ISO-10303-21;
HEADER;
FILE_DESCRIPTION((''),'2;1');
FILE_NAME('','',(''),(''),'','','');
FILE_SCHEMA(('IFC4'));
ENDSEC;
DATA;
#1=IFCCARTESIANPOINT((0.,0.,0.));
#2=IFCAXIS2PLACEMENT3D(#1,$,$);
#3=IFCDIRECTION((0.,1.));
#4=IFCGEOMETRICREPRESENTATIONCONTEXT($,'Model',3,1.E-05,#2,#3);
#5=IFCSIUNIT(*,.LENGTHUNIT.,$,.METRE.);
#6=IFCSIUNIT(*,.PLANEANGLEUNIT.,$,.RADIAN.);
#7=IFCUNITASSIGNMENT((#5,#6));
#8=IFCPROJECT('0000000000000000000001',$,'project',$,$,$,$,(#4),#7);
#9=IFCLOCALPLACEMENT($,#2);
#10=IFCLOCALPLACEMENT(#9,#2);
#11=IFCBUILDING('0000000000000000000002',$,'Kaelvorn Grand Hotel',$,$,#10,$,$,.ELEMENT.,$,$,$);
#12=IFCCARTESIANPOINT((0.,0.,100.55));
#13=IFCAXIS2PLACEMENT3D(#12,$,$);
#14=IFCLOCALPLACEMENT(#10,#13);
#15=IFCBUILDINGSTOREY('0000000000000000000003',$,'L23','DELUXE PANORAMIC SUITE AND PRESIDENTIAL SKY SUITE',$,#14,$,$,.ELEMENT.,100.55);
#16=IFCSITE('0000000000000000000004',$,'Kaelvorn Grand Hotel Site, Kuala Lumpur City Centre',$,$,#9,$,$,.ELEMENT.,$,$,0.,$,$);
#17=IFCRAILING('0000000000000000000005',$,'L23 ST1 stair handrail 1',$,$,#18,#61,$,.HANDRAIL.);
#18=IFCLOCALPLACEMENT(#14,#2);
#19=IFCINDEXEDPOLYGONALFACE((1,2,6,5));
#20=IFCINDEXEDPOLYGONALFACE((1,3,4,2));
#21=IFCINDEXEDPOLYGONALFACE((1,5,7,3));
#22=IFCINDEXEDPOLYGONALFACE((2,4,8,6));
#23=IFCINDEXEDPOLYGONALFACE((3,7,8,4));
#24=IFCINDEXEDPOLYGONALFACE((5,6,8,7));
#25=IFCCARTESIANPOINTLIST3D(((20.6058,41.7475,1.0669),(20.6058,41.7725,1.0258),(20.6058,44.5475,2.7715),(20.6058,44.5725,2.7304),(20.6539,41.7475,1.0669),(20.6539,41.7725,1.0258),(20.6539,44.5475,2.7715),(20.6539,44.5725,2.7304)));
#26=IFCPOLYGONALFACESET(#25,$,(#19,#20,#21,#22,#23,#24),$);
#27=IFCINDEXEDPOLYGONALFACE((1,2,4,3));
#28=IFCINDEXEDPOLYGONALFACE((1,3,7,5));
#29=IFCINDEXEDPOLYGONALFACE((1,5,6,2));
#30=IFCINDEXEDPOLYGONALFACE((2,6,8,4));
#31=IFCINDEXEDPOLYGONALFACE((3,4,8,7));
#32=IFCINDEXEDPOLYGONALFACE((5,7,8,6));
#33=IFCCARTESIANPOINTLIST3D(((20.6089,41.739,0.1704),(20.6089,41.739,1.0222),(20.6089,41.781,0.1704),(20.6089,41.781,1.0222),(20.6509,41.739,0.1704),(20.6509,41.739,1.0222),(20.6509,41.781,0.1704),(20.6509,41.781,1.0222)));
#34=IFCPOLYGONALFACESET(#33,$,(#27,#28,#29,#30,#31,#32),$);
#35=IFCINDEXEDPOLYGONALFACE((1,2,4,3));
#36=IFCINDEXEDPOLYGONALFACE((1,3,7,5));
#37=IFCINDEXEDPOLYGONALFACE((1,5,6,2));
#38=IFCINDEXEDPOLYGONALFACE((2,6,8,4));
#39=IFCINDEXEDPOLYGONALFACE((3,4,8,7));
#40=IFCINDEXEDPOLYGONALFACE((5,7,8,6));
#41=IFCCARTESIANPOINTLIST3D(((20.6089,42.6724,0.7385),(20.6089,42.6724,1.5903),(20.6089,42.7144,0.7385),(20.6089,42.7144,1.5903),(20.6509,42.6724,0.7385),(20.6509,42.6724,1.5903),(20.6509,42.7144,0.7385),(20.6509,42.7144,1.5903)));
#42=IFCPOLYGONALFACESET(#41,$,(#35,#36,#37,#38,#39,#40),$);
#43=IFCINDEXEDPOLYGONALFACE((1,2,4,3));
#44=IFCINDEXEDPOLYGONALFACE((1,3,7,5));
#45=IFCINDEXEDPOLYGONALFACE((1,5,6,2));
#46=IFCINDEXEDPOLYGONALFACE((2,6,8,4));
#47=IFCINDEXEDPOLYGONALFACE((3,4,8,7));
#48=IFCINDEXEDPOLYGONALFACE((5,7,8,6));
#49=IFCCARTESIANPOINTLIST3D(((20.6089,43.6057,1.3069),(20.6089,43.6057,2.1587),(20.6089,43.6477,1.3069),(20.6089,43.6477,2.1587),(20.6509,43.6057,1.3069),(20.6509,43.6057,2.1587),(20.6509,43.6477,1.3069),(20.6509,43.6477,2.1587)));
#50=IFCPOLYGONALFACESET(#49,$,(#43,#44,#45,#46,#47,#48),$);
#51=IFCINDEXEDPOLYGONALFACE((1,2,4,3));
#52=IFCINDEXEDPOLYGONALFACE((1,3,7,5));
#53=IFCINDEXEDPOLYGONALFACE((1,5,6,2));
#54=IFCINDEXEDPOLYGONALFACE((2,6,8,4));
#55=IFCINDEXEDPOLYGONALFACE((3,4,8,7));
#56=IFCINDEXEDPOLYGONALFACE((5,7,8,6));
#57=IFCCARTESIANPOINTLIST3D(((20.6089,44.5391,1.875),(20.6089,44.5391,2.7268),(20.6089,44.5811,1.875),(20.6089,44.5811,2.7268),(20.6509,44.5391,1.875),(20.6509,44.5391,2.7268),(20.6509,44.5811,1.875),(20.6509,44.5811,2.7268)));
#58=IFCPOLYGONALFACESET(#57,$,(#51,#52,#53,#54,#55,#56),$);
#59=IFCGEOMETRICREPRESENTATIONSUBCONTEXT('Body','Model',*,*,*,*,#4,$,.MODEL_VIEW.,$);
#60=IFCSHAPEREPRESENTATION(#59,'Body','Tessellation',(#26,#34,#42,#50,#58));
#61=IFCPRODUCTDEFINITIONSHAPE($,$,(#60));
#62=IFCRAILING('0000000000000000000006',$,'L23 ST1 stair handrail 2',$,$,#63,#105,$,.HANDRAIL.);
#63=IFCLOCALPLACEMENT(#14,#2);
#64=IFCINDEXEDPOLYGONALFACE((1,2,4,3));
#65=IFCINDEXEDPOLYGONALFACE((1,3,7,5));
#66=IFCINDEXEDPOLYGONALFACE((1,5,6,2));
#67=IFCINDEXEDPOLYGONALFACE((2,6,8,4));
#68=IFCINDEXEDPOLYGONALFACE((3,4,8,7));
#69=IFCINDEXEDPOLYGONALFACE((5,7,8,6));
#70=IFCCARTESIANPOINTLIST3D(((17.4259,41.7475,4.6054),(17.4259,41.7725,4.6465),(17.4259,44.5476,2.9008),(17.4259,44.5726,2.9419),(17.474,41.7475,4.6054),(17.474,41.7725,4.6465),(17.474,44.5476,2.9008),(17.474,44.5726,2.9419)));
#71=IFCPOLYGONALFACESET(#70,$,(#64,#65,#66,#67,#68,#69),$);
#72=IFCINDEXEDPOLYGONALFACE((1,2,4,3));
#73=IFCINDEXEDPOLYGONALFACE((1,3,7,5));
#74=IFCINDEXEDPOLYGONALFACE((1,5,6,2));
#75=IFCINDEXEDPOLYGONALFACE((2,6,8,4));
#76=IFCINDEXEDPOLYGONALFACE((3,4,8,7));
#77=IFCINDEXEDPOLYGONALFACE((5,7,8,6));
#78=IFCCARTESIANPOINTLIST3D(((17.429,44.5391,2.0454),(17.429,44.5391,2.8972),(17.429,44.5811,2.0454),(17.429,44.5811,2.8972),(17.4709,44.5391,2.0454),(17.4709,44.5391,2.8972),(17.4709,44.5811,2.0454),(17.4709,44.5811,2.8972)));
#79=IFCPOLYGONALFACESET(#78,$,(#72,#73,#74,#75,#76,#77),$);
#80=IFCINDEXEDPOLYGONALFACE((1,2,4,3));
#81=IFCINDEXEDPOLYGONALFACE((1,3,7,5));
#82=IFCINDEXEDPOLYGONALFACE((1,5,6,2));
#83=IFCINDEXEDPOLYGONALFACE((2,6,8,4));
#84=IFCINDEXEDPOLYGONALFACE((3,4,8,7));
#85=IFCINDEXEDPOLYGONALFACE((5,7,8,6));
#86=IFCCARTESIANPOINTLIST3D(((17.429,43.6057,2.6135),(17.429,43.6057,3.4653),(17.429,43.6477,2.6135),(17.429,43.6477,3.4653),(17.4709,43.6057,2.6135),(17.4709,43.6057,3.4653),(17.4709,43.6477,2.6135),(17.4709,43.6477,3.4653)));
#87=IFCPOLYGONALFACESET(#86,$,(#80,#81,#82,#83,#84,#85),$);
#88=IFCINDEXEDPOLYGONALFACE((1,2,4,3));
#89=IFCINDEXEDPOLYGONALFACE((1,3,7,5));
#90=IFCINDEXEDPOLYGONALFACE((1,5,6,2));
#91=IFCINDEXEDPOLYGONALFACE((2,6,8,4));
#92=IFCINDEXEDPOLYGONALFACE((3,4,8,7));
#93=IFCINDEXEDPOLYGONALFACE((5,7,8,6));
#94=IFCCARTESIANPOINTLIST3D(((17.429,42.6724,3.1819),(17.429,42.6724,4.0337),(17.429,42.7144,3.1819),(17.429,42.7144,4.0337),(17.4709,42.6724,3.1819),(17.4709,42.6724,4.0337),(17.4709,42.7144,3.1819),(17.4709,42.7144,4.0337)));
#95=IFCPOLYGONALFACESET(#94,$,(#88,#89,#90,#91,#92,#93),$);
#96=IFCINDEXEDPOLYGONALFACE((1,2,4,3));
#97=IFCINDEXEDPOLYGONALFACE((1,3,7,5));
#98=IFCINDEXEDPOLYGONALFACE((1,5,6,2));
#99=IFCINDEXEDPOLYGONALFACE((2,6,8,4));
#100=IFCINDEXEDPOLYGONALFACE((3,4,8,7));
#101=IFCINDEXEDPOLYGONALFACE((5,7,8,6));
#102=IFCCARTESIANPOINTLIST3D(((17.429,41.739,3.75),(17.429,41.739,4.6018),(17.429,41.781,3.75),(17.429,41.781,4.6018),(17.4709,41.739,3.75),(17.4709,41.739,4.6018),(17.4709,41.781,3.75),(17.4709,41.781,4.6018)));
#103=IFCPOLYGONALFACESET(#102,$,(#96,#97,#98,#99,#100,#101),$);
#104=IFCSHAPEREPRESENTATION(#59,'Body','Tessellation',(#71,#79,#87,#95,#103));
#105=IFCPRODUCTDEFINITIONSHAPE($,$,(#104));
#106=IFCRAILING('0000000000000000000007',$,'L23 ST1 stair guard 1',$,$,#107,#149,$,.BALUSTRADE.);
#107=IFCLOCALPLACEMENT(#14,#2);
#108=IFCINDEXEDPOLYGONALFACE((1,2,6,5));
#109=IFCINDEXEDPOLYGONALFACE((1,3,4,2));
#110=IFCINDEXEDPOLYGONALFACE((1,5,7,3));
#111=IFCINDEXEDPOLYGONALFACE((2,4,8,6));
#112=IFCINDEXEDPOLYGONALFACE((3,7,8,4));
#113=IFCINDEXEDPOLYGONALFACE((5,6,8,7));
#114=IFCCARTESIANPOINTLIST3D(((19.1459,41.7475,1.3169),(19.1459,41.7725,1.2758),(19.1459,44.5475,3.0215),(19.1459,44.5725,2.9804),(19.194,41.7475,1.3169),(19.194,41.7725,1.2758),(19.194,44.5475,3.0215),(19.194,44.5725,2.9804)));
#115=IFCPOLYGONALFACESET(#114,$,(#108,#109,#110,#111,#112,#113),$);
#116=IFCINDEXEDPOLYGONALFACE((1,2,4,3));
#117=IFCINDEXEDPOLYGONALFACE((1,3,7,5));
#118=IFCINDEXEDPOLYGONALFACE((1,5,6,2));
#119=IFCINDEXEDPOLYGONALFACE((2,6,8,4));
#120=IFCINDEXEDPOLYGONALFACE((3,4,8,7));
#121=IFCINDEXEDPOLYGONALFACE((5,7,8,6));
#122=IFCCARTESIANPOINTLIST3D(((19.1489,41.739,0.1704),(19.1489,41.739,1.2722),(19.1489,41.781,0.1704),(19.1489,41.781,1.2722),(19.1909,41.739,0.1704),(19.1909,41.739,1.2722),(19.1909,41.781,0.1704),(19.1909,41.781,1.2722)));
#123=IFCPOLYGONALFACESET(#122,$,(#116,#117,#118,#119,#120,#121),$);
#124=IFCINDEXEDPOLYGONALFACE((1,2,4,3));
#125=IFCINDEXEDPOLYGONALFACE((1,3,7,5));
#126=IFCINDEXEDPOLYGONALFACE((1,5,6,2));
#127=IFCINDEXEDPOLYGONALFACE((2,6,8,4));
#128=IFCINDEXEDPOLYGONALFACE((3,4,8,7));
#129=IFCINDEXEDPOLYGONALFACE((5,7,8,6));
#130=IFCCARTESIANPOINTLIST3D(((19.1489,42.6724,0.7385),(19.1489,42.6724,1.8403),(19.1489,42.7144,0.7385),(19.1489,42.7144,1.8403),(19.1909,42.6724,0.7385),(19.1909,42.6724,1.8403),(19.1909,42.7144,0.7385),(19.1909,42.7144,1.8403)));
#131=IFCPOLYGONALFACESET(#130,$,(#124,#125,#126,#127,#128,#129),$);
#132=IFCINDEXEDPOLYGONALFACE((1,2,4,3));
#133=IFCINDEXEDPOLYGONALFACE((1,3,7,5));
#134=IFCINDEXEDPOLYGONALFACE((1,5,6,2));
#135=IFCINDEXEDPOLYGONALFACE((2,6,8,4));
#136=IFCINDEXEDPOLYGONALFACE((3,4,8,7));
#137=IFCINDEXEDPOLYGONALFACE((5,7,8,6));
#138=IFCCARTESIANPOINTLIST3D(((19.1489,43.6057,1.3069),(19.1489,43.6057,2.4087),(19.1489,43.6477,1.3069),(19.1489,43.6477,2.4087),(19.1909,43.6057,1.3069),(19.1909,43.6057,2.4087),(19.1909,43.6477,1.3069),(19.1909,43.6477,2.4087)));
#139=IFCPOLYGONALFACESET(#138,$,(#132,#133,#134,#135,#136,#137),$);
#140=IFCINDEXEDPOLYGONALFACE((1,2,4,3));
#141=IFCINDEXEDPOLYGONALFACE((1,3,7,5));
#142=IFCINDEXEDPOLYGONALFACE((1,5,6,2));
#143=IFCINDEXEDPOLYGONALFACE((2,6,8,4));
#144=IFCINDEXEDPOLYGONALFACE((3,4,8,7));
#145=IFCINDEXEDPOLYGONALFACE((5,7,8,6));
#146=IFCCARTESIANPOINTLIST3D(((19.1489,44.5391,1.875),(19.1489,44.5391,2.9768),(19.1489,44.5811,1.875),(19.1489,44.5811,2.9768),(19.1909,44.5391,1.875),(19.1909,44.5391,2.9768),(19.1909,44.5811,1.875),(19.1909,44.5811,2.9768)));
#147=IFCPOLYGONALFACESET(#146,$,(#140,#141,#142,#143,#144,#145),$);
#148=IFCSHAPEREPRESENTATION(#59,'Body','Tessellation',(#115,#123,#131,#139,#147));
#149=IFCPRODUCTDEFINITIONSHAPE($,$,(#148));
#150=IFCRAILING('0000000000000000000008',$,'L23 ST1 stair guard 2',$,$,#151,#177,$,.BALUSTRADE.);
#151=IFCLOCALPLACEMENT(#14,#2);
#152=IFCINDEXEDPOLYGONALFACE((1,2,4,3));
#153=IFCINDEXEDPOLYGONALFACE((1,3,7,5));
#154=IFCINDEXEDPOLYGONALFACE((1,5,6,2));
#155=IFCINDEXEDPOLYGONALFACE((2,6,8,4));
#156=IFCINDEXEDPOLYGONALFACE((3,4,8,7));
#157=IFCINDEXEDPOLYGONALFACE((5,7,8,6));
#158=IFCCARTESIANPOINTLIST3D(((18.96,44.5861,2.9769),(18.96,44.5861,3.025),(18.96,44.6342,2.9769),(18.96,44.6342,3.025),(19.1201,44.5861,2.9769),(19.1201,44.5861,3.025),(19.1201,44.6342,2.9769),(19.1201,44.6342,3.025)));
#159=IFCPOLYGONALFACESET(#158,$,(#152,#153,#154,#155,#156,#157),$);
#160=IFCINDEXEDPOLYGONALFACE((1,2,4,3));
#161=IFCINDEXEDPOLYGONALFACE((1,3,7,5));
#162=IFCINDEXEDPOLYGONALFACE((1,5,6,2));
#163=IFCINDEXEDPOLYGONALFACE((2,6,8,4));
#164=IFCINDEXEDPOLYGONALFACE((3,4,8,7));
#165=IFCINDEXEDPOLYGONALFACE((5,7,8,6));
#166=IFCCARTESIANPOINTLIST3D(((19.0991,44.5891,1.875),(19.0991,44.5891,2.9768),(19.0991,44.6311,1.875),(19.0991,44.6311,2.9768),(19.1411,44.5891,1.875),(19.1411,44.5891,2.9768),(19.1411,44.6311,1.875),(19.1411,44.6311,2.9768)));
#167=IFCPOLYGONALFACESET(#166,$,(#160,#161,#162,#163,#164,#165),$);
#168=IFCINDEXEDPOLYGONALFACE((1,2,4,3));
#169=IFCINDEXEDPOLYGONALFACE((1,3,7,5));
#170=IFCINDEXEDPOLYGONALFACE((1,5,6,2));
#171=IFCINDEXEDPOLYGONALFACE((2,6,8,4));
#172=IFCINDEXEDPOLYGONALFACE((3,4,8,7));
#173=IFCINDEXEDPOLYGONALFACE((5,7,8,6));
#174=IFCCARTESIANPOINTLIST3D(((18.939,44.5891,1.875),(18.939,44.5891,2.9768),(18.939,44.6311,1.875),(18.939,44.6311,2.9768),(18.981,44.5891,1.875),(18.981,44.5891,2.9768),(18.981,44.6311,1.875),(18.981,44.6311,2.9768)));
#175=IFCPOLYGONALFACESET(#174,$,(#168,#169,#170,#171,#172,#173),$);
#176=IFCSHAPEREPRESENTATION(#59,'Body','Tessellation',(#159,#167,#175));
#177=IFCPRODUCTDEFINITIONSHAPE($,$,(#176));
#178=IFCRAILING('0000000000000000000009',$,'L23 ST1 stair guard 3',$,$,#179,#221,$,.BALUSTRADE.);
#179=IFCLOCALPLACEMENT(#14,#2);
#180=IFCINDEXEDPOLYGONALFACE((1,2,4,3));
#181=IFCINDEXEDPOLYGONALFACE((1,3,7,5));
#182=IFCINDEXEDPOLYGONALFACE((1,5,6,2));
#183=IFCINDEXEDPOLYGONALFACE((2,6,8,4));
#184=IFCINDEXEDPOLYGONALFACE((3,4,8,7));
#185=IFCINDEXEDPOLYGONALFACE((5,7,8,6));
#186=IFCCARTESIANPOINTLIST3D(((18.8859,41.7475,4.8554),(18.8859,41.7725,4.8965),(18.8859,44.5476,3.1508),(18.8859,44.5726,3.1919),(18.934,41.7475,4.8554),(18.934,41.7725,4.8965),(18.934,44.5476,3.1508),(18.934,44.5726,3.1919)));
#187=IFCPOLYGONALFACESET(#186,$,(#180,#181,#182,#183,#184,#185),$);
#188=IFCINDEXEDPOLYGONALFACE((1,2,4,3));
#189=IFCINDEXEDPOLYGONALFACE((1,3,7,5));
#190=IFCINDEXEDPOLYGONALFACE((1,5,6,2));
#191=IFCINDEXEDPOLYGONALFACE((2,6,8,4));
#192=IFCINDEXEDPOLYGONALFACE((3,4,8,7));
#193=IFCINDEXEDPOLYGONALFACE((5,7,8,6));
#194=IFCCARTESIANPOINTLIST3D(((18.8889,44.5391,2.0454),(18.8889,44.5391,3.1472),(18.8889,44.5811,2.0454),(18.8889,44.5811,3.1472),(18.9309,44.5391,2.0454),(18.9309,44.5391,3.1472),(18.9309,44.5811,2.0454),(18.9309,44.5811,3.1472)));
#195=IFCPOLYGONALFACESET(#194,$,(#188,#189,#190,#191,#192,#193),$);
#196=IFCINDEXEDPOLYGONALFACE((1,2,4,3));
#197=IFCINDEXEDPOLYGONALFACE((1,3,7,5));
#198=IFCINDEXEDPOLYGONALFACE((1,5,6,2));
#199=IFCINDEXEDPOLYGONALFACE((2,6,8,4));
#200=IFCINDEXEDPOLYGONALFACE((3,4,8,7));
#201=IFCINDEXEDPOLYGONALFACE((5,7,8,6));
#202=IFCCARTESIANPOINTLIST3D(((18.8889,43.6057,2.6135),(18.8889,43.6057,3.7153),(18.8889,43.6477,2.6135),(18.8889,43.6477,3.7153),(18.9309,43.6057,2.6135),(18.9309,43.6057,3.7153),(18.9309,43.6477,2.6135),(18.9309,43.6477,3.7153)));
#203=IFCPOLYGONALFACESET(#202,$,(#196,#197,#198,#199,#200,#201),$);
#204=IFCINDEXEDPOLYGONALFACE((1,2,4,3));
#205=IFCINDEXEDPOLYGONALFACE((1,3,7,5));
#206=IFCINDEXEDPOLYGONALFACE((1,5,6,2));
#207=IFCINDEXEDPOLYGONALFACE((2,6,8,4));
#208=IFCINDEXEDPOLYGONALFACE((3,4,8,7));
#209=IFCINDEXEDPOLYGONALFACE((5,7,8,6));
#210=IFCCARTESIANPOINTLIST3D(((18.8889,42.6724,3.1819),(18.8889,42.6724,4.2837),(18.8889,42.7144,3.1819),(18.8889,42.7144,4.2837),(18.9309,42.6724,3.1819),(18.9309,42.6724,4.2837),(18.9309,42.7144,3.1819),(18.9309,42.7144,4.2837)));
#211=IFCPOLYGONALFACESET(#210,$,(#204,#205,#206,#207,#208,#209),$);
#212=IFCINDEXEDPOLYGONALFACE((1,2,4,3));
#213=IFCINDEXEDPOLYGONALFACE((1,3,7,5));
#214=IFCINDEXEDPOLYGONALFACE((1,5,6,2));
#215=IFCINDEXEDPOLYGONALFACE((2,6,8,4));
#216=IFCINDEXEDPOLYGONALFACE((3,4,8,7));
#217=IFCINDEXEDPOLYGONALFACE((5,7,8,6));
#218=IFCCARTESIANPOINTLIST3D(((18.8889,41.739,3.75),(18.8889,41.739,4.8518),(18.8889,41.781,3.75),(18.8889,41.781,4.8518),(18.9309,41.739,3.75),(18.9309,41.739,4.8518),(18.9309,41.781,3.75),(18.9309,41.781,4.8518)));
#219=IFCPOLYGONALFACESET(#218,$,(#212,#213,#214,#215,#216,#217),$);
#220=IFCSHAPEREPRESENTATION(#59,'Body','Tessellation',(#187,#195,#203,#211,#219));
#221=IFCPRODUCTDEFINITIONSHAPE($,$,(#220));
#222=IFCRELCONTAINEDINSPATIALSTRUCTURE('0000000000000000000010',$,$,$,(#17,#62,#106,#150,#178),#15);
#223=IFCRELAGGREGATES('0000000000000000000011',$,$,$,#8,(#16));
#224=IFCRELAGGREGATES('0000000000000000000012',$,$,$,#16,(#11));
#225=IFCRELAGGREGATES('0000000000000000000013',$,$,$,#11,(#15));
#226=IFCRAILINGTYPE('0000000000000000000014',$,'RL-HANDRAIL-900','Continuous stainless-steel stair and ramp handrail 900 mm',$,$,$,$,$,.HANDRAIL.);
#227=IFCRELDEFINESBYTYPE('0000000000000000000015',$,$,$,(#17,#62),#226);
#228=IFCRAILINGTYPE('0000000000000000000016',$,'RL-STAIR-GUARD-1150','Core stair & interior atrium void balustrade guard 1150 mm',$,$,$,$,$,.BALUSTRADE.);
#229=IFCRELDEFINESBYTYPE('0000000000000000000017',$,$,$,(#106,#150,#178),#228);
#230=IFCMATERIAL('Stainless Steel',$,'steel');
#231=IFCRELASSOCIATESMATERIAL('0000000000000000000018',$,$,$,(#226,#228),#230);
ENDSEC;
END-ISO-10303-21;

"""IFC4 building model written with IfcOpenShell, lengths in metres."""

from ifc_helpers import new_model, si_unit, direction, frame, origin, origin_2d, place, context, subcontext, project, spatial, rectangle, extrude, material, type_object, element, save


model = new_model("IFC4")

# Units and contexts
model_context = context("Model", 3, precision=1e-05, world=origin(), true_north=direction((0.0, 1.0)))
body_context = subcontext(model_context, "Body", "Model", "MODEL_VIEW")
ifc_project = project(units=[si_unit("LENGTHUNIT", "METRE"), si_unit("PLANEANGLEUNIT", "RADIAN")], contexts=[model_context])

# Site, building, storey
site_placement = place(None, origin())
site = spatial("IfcSite", under=ifc_project, at=site_placement, Name="Kaelvorn Grand Hotel Site, Kuala Lumpur City Centre", CompositionType="ELEMENT", RefElevation=0.0)
building_placement = place(site_placement, origin())
building = spatial("IfcBuilding", under=site, at=building_placement, Name="Kaelvorn Grand Hotel", CompositionType="ELEMENT")
storey_placement = place(building_placement, frame((0.0, 0.0, 100.55)))
storey = spatial("IfcBuildingStorey", under=building, at=storey_placement, Name="L23", Description="DELUXE PANORAMIC SUITE AND PRESIDENTIAL SKY SUITE", CompositionType="ELEMENT", Elevation=100.55)

# Shared definitions
ifc_material_1 = material(Name="Stainless Steel", Category="steel")

# Railings
railing_type_1 = type_object("IfcRailingType", Name="RL-HANDRAIL-900", Description="Continuous stainless-steel stair and ramp handrail 900 mm", PredefinedType="HANDRAIL", material=ifc_material_1)
railing_1_placement = place(storey_placement, frame((20.6299, 41.76, 0.1704)))
element("IfcRailing", 1, at=railing_1_placement, inside=storey, type_object=railing_type_1, Name="L23 ST1 stair handrail 1", PredefinedType="HANDRAIL", context=body_context, shape_type="SweptSolid", body=[
    extrude(rectangle(XDim=0.0481, YDim=0.0481, at=origin_2d()), frame((0.0, 0.0, 0.876), z_axis=(0.0, 0.85417, 0.519994), x_axis=(-1.0, 0.0, 0.0)), (0.0, 0.0, 1.0), 3.2781),
    extrude(rectangle(XDim=0.042, YDim=0.042, at=origin_2d()), origin(), (0.0, 0.0, 1.0), 0.8518),
    extrude(rectangle(XDim=0.042, YDim=0.042, at=origin_2d()), frame((0.0, 0.9333, 0.5681)), (0.0, 0.0, 1.0), 0.8518),
    extrude(rectangle(XDim=0.042, YDim=0.042, at=origin_2d()), frame((0.0, 1.8667, 1.1365)), (0.0, 0.0, 1.0), 0.8518),
    extrude(rectangle(XDim=0.042, YDim=0.042, at=origin_2d()), frame((0.0, 2.8, 1.7046)), (0.0, 0.0, 1.0), 0.8518),
])
railing_2_placement = place(storey_placement, frame((17.45, 44.5601, 2.0454)))
element("IfcRailing", 2, at=railing_2_placement, inside=storey, type_object=railing_type_1, Name="L23 ST1 stair handrail 2", PredefinedType="HANDRAIL", context=body_context, shape_type="SweptSolid", body=[
    extrude(rectangle(XDim=0.0481, YDim=0.0481, at=origin_2d()), frame((0.0, 0.0, 0.876), z_axis=(0.0, -0.85417, 0.519994), x_axis=(1.0, 0.0, 0.0)), (0.0, 0.0, 1.0), 3.2781),
    extrude(rectangle(XDim=0.042, YDim=0.042, at=origin_2d()), origin(), (0.0, 0.0, 1.0), 0.8518),
    extrude(rectangle(XDim=0.042, YDim=0.042, at=origin_2d()), frame((0.0, -0.9333, 0.5681)), (0.0, 0.0, 1.0), 0.8518),
    extrude(rectangle(XDim=0.042, YDim=0.042, at=origin_2d()), frame((0.0, -1.8667, 1.1365)), (0.0, 0.0, 1.0), 0.8518),
    extrude(rectangle(XDim=0.042, YDim=0.042, at=origin_2d()), frame((0.0, -2.8, 1.7046)), (0.0, 0.0, 1.0), 0.8518),
])
railing_type_2 = type_object("IfcRailingType", Name="RL-STAIR-GUARD-1150", Description="Core stair & interior atrium void balustrade guard 1150 mm", PredefinedType="BALUSTRADE", material=ifc_material_1)
railing_3_placement = place(storey_placement, frame((19.1699, 41.76, 0.1704)))
element("IfcRailing", 3, at=railing_3_placement, inside=storey, type_object=railing_type_2, Name="L23 ST1 stair guard 1", PredefinedType="BALUSTRADE", context=body_context, shape_type="SweptSolid", body=[
    extrude(rectangle(XDim=0.0481, YDim=0.0481, at=origin_2d()), frame((0.0, 0.0, 1.126), z_axis=(0.0, 0.85417, 0.519994), x_axis=(-1.0, 0.0, 0.0)), (0.0, 0.0, 1.0), 3.2781),
    extrude(rectangle(XDim=0.042, YDim=0.042, at=origin_2d()), origin(), (0.0, 0.0, 1.0), 1.1018),
    extrude(rectangle(XDim=0.042, YDim=0.042, at=origin_2d()), frame((0.0, 0.9333, 0.5681)), (0.0, 0.0, 1.0), 1.1018),
    extrude(rectangle(XDim=0.042, YDim=0.042, at=origin_2d()), frame((0.0, 1.8667, 1.1365)), (0.0, 0.0, 1.0), 1.1018),
    extrude(rectangle(XDim=0.042, YDim=0.042, at=origin_2d()), frame((0.0, 2.8, 1.7046)), (0.0, 0.0, 1.0), 1.1018),
])
railing_4_placement = place(storey_placement, frame((19.1201, 44.6101, 1.875)))
element("IfcRailing", 4, at=railing_4_placement, inside=storey, type_object=railing_type_2, Name="L23 ST1 stair guard 2", PredefinedType="BALUSTRADE", context=body_context, shape_type="SweptSolid", body=[
    extrude(rectangle(XDim=0.0481, YDim=0.0481, at=origin_2d()), frame((0.0, 0.0, 1.126), z_axis=(-1.0, 0.0, 0.0), x_axis=(0.0, -1.0, 0.0)), (0.0, 0.0, 1.0), 0.1602),
    extrude(rectangle(XDim=0.042, YDim=0.042, at=origin_2d()), origin(), (0.0, 0.0, 1.0), 1.1018),
    extrude(rectangle(XDim=0.042, YDim=0.042, at=origin_2d()), frame((-0.1602, 0.0, 0.0)), (0.0, 0.0, 1.0), 1.1018),
])
railing_5_placement = place(storey_placement, frame((18.9099, 44.5601, 2.0454)))
element("IfcRailing", 5, at=railing_5_placement, inside=storey, type_object=railing_type_2, Name="L23 ST1 stair guard 3", PredefinedType="BALUSTRADE", context=body_context, shape_type="SweptSolid", body=[
    extrude(rectangle(XDim=0.0481, YDim=0.0481, at=origin_2d()), frame((0.0, 0.0, 1.126), z_axis=(0.0, -0.85417, 0.519994), x_axis=(1.0, 0.0, 0.0)), (0.0, 0.0, 1.0), 3.2781),
    extrude(rectangle(XDim=0.042, YDim=0.042, at=origin_2d()), origin(), (0.0, 0.0, 1.0), 1.1018),
    extrude(rectangle(XDim=0.042, YDim=0.042, at=origin_2d()), frame((0.0, -0.9333, 0.5681)), (0.0, 0.0, 1.0), 1.1018),
    extrude(rectangle(XDim=0.042, YDim=0.042, at=origin_2d()), frame((0.0, -1.8667, 1.1365)), (0.0, 0.0, 1.0), 1.1018),
    extrude(rectangle(XDim=0.042, YDim=0.042, at=origin_2d()), frame((0.0, -2.8, 1.7046)), (0.0, 0.0, 1.0), 1.1018),
])

save(model, "model.ifc")
